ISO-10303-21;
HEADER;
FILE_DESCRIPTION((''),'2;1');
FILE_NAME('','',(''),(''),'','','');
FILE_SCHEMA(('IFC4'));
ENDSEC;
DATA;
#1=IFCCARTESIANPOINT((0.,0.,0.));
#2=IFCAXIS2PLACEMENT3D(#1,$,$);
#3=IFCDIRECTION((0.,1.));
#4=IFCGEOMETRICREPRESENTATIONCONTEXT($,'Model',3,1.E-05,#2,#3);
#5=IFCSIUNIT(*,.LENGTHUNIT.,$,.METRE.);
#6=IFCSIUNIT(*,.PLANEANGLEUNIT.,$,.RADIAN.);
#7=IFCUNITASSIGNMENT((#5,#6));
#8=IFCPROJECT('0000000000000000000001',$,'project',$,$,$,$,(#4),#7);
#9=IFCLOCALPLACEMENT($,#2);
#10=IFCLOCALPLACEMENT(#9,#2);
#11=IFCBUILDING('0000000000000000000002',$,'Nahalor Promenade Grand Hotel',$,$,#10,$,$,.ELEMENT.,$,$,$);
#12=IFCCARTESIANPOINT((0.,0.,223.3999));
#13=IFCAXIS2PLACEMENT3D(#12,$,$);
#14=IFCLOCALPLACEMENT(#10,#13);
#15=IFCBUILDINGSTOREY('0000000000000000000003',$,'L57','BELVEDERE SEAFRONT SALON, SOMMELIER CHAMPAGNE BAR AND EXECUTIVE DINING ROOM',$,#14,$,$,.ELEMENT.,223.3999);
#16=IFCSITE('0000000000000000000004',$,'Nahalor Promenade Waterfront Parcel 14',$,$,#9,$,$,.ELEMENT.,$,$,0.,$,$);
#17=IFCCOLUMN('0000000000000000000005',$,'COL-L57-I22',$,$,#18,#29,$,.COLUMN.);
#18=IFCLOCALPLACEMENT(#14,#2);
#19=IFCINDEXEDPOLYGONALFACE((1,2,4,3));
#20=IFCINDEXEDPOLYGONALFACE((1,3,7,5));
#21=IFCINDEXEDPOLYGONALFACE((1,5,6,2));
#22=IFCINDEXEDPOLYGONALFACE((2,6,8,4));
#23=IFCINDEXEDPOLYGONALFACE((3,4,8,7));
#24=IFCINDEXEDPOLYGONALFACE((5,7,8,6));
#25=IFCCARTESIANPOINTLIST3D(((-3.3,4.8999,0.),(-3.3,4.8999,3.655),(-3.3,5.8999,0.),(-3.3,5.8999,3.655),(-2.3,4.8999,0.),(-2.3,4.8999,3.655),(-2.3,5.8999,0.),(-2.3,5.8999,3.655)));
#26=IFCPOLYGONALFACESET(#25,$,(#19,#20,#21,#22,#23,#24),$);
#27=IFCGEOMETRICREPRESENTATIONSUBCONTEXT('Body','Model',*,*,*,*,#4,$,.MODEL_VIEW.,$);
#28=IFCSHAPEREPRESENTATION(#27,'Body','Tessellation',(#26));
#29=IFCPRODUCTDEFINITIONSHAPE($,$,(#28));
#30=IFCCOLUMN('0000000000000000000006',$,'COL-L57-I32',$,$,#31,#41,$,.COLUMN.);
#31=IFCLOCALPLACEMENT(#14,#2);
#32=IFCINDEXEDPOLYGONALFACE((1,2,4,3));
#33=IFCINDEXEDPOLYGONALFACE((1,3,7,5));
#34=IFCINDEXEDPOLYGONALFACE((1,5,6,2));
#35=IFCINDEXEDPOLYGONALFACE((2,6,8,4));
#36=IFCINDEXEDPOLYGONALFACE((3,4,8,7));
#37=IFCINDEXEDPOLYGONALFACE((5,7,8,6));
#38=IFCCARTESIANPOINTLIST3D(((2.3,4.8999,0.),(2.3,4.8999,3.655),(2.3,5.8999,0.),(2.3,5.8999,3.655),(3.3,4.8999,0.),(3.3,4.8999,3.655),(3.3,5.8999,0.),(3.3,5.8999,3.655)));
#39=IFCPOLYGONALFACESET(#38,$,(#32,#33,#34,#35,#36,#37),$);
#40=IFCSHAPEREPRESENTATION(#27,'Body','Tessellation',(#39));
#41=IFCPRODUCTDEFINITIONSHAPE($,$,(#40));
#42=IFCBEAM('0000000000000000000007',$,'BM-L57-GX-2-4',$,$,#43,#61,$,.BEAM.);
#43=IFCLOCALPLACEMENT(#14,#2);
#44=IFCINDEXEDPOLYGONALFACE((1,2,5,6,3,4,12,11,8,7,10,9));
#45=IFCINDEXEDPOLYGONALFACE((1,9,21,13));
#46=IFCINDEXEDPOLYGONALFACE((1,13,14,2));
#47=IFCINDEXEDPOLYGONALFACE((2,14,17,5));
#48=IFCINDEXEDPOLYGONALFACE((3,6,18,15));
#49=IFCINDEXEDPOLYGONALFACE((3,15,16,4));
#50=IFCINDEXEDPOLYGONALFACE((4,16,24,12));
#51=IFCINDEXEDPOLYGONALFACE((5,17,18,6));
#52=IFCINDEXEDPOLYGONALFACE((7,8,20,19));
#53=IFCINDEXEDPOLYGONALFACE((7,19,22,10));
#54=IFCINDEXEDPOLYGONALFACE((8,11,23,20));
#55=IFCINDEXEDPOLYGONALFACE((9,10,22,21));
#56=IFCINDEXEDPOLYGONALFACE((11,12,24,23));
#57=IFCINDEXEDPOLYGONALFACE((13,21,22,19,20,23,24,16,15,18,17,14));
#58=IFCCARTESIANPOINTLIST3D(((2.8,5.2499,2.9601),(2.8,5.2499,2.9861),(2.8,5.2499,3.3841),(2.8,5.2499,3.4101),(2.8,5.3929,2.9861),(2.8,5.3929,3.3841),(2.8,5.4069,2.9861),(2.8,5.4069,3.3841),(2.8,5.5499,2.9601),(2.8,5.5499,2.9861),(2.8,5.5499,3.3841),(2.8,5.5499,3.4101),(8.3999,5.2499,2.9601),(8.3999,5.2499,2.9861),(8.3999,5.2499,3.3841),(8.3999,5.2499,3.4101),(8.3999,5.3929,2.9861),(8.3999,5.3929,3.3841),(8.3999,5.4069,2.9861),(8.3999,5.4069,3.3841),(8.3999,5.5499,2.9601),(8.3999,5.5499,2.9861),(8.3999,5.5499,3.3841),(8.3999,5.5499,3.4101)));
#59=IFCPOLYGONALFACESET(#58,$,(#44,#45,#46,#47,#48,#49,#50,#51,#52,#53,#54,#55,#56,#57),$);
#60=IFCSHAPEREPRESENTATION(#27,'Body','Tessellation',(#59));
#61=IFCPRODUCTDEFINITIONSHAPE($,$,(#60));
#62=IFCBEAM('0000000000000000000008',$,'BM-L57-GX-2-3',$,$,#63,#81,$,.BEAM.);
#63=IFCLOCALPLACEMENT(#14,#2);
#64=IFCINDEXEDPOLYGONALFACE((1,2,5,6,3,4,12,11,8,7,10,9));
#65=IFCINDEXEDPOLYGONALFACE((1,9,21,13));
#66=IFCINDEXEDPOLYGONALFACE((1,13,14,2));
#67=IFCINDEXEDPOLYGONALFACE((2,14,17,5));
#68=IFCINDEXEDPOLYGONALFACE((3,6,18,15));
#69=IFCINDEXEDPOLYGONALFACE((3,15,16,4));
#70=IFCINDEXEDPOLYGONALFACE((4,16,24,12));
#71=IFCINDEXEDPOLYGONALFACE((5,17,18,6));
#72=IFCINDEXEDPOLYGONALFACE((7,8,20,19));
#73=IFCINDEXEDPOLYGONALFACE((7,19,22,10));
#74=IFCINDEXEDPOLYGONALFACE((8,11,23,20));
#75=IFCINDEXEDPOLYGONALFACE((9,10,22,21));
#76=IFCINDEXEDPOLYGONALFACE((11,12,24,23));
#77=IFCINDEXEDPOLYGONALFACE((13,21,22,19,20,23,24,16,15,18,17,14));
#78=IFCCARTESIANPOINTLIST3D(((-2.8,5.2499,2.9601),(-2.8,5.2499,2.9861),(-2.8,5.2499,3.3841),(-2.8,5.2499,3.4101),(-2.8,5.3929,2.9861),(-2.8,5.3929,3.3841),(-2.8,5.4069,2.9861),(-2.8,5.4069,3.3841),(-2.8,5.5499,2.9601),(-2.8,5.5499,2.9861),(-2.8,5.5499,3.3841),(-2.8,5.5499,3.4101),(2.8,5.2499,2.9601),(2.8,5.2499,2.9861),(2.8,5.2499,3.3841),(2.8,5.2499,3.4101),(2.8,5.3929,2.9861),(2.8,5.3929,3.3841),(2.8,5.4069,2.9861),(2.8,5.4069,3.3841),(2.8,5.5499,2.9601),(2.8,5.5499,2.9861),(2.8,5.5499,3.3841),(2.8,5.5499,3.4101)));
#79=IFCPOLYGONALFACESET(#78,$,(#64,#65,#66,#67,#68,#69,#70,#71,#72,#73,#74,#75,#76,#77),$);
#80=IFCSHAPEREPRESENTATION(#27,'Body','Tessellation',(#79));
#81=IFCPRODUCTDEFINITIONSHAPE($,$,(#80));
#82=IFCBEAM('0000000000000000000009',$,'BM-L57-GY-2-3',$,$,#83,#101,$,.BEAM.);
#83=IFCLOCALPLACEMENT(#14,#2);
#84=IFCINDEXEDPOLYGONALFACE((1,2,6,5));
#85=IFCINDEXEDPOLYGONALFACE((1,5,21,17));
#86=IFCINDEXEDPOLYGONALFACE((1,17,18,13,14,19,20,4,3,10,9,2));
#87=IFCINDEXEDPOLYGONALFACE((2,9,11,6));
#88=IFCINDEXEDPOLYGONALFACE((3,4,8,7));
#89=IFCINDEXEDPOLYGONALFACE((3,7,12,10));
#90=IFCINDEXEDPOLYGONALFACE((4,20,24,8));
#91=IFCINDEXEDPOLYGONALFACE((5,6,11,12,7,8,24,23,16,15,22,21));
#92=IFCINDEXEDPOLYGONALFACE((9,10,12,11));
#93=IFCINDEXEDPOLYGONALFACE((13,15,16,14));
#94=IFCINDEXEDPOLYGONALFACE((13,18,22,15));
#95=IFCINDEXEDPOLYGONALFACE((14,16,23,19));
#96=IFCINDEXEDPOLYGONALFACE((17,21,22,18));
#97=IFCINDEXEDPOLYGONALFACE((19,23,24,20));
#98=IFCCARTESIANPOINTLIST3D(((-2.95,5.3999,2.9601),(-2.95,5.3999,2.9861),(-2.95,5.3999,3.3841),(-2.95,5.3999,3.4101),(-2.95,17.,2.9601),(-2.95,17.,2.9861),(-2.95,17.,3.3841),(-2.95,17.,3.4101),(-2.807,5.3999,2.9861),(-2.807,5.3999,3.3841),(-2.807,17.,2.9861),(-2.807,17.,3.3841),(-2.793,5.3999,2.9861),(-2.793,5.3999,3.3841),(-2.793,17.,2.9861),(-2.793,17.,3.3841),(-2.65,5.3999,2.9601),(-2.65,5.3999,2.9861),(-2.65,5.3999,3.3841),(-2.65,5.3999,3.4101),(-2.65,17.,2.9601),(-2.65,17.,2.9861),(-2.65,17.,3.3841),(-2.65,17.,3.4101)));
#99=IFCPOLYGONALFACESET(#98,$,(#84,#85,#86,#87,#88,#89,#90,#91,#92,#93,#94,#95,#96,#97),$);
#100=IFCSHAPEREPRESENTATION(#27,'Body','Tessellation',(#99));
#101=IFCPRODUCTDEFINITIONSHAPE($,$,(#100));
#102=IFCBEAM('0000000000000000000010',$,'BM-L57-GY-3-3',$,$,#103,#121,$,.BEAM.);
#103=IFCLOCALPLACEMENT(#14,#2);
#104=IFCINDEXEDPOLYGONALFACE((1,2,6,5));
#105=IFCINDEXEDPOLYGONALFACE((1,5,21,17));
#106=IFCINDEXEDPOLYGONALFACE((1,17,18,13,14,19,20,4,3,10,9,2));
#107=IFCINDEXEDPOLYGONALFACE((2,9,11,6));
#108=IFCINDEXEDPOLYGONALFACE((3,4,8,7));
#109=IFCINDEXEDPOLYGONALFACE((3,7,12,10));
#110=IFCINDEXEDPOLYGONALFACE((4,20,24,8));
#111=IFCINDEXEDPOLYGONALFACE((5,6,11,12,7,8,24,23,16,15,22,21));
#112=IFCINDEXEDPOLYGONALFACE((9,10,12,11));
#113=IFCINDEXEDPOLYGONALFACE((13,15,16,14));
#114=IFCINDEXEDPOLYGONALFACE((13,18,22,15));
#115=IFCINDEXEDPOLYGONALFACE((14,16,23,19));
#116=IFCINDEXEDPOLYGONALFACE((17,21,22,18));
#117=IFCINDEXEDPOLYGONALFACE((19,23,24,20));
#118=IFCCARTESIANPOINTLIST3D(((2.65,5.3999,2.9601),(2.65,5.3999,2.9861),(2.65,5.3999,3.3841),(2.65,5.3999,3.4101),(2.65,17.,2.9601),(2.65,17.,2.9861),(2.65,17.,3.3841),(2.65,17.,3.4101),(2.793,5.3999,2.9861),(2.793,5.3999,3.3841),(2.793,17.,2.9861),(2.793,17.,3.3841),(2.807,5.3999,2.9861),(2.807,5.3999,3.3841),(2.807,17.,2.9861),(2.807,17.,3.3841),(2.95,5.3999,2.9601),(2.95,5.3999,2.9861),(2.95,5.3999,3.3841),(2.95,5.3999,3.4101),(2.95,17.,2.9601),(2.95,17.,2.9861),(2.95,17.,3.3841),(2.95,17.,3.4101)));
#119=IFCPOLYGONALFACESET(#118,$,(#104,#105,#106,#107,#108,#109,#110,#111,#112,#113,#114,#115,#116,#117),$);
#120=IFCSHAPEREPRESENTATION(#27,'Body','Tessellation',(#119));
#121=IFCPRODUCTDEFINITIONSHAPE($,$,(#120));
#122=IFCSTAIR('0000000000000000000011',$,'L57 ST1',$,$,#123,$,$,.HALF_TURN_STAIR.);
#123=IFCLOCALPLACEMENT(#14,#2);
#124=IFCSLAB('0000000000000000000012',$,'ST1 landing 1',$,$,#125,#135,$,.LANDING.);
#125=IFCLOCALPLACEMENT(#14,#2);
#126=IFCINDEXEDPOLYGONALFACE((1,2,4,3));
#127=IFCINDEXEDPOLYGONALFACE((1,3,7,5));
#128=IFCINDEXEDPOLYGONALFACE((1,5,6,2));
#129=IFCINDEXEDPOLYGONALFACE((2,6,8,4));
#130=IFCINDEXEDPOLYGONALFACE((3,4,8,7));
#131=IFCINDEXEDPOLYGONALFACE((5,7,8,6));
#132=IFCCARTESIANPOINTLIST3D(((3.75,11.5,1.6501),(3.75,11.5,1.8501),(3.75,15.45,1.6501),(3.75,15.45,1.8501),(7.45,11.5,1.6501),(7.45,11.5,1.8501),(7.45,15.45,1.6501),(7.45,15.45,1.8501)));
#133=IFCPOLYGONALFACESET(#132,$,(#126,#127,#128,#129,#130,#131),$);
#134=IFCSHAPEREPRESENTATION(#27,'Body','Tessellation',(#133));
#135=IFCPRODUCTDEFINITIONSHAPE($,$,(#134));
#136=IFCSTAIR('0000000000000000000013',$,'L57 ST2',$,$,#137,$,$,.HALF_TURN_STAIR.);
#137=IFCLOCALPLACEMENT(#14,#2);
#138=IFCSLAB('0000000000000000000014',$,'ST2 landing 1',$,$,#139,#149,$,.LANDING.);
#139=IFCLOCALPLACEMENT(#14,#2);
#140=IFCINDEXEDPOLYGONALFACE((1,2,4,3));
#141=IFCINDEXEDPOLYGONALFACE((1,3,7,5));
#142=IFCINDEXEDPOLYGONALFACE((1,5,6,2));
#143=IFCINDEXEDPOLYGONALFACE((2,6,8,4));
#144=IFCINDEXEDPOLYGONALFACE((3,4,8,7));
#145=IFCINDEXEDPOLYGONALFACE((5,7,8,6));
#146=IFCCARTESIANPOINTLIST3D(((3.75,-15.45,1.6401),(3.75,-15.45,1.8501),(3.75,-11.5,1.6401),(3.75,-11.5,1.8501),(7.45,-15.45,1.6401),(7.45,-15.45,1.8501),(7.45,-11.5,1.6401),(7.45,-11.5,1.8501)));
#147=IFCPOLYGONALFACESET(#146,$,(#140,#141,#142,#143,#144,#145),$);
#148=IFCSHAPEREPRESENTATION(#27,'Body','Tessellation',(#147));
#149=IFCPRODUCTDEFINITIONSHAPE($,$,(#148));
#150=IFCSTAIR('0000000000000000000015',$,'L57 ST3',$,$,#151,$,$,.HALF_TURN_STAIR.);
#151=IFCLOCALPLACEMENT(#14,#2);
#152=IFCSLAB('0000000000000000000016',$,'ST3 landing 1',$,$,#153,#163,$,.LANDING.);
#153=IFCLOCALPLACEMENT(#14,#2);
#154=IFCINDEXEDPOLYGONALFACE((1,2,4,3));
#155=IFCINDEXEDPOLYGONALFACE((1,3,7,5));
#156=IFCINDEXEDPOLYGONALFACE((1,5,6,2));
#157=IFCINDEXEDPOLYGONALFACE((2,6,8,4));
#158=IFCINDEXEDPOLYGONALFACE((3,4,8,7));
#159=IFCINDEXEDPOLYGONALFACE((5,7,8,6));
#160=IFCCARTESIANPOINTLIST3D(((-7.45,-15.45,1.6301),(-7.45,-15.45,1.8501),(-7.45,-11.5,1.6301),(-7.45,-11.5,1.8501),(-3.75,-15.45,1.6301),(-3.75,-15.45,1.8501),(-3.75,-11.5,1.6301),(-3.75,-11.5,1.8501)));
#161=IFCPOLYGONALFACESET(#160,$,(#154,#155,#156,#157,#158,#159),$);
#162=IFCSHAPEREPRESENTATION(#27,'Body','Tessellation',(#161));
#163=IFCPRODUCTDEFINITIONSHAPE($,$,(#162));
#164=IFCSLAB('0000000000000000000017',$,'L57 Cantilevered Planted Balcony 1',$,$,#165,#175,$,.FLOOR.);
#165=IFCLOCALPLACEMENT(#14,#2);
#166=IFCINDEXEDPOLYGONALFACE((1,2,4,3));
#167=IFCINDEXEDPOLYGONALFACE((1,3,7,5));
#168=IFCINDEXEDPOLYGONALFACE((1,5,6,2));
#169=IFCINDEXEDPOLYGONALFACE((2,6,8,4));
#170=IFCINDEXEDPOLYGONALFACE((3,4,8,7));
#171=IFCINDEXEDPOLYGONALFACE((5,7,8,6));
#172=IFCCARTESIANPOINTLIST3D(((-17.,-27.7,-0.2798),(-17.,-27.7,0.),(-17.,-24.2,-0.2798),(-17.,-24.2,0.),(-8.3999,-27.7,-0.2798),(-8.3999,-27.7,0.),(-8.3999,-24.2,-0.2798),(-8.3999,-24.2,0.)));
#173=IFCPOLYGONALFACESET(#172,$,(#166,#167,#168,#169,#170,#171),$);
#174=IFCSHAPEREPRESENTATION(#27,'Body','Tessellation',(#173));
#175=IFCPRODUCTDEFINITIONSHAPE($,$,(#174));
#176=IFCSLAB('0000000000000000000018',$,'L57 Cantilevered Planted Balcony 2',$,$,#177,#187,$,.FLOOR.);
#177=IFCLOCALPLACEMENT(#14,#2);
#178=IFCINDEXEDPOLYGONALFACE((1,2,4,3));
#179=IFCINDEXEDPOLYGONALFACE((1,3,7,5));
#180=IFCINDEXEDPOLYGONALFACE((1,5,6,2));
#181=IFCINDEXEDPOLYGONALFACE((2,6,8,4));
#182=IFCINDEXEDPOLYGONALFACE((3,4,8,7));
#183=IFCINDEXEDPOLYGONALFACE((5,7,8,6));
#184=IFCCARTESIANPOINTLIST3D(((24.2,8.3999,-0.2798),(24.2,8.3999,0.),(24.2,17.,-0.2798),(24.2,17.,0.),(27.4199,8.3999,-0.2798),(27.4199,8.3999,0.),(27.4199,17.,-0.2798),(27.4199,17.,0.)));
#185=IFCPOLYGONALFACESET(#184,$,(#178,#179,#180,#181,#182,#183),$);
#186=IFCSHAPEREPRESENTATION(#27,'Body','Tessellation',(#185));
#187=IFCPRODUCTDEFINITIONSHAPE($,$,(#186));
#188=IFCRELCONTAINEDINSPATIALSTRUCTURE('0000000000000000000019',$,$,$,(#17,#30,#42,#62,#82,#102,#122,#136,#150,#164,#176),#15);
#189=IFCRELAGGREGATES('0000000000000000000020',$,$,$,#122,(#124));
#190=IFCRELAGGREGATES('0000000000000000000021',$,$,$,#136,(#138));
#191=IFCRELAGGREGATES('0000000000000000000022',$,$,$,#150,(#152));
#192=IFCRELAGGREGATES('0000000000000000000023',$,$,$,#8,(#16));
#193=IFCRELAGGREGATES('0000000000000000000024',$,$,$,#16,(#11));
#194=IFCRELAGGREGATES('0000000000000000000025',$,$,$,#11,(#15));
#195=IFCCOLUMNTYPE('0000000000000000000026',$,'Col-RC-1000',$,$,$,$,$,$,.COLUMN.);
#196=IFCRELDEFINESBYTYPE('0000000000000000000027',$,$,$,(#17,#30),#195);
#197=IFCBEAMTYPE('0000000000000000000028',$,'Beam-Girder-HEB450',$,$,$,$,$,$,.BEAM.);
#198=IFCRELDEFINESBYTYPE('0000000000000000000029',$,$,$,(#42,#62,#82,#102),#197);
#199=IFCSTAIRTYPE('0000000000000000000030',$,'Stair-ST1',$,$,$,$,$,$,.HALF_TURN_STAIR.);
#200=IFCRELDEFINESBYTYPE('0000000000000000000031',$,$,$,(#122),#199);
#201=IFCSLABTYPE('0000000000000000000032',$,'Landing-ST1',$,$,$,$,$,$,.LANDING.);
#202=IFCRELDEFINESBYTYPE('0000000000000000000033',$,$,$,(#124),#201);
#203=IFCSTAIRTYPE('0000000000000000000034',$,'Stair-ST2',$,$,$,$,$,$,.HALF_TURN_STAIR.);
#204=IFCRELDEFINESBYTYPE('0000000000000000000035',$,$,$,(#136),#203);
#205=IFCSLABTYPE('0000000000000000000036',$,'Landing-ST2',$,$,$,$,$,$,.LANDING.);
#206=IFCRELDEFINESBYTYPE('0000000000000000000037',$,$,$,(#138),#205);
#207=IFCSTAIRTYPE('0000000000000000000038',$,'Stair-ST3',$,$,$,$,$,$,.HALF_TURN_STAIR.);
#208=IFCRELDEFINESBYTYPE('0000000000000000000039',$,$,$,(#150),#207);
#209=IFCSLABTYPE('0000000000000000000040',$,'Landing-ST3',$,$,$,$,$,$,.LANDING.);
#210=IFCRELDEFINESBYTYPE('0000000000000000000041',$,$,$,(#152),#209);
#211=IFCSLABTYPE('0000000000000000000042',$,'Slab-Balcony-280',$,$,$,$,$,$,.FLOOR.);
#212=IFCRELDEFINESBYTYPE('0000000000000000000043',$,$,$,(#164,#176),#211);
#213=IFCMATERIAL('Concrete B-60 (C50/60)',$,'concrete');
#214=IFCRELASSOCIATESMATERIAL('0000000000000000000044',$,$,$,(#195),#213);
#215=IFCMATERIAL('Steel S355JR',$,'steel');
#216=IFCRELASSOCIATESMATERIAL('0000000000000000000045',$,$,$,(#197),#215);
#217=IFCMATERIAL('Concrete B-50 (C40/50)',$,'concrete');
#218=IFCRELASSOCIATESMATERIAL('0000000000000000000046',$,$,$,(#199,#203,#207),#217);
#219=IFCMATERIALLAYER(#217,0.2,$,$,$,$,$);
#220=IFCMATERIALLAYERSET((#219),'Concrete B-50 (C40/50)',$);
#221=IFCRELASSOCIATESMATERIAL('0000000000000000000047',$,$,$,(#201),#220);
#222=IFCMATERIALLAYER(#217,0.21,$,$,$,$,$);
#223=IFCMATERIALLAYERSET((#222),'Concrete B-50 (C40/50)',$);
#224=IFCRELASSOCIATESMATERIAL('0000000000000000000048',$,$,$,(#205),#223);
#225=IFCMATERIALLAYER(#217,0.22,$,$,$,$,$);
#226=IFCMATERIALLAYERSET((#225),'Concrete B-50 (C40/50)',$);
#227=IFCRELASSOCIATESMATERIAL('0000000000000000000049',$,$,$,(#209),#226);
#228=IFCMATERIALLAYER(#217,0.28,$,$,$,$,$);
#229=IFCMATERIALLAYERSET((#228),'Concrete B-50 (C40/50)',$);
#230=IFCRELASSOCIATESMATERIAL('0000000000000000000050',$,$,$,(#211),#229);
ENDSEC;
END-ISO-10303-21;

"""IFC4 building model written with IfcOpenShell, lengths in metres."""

from ifc_helpers import new_model, si_unit, direction, frame, origin, origin_2d, place, context, subcontext, project, spatial, polyline, rectangle, i_section, outline, extrude, source, transform, mapped, material, layer, layer_set, material_profile, profile_set, type_object, element, aggregate, save


model = new_model("IFC4")

# Units and contexts
model_context = context("Model", 3, precision=1e-05, world=origin(), true_north=direction((0.0, 1.0)))
body_context = subcontext(model_context, "Body", "Model", "MODEL_VIEW")
ifc_project = project(units=[si_unit("LENGTHUNIT", "METRE"), si_unit("PLANEANGLEUNIT", "RADIAN")], contexts=[model_context])

# Site, building, storey
site_placement = place(None, origin())
site = spatial("IfcSite", under=ifc_project, at=site_placement, Name="Nahalor Promenade Waterfront Parcel 14", CompositionType="ELEMENT", RefElevation=0.0)
building_placement = place(site_placement, origin())
building = spatial("IfcBuilding", under=site, at=building_placement, Name="Nahalor Promenade Grand Hotel", CompositionType="ELEMENT")
storey_placement = place(building_placement, frame((0.0, 0.0, 223.3999)))
storey = spatial("IfcBuildingStorey", under=building, at=storey_placement, Name="L57", Description="BELVEDERE SEAFRONT SALON, SOMMELIER CHAMPAGNE BAR AND EXECUTIVE DINING ROOM", CompositionType="ELEMENT", Elevation=223.3999)

# Columns
ifc_material_1 = material(Name="Concrete B-60 (C50/60)", Category="concrete")
ifc_material_profile_1 = material_profile(ifc_material_1, rectangle(XDim=1.0, YDim=1.0, at=origin_2d()), Name="RC 1000x1000")
ifc_profile_set_1 = profile_set([ifc_material_profile_1], Name="Concrete B-60 (C50/60)")
column_type = type_object("IfcColumnType", Name="Col-RC-1000", PredefinedType="COLUMN", material=ifc_profile_set_1)
shared_shape_1 = source(origin(), body_context, "Body", "SweptSolid", [
    extrude(rectangle(XDim=1.0, YDim=1.0, at=origin_2d()), origin(), (0.0, 0.0, 1.0), 3.655),
])
for number, where, z_axis, x_axis, name in (
    (1, (-2.8, 5.3999, 0.0), (0.0, 0.0, 1.0), (1.0, 0.0, 0.0), "COL-L57-I22"),
    (2, (2.8, 5.3999, 0.0), (0.0, 0.0, 1.0), (1.0, 0.0, 0.0), "COL-L57-I32"),
):
    element("IfcColumn", number, at=place(storey_placement, frame(where, z_axis=z_axis, x_axis=x_axis)), inside=storey, type_object=column_type, Name=name, PredefinedType="COLUMN", context=body_context, shape_type="MappedRepresentation", body=[
        mapped(shared_shape_1, transform((0.0, 0.0, 0.0), scale=1.0)),
    ])

# Beams
ifc_material_2 = material(Name="Steel S355JR", Category="steel")
ifc_material_profile_2 = material_profile(ifc_material_2, i_section(OverallWidth=0.3, OverallDepth=0.45, WebThickness=0.014, FlangeThickness=0.026, at=origin_2d()), Name="HEB 450")
ifc_profile_set_2 = profile_set([ifc_material_profile_2], Name="Steel S355JR")
beam_type = type_object("IfcBeamType", Name="Beam-Girder-HEB450", PredefinedType="BEAM", material=ifc_profile_set_2)
shared_shape_2 = source(origin(), body_context, "Body", "SweptSolid", [
    extrude(i_section(OverallWidth=0.3, OverallDepth=0.45, WebThickness=0.014, FlangeThickness=0.026, at=origin_2d()), origin(), (0.0, 0.0, 1.0), 5.5999),
])
beam_1_placement = place(storey_placement, frame((2.8, 5.3999, 3.1851), z_axis=(1.0, 0.0, 0.0), x_axis=(0.0, 1.0, 0.0)))
element("IfcBeam", 3, at=beam_1_placement, inside=storey, type_object=beam_type, Name="BM-L57-GX-2-4", PredefinedType="BEAM", context=body_context, shape_type="MappedRepresentation", body=[
    mapped(shared_shape_2, transform((0.0, 0.0, 0.0), scale=1.0)),
])
shared_shape_3 = source(origin(), body_context, "Body", "SweptSolid", [
    extrude(i_section(OverallWidth=0.3, OverallDepth=0.45, WebThickness=0.014, FlangeThickness=0.026, at=origin_2d()), origin(), (0.0, 0.0, 1.0), 5.6001),
])
beam_2_placement = place(storey_placement, frame((-2.8, 5.3999, 3.1851), z_axis=(1.0, 0.0, 0.0), x_axis=(0.0, 1.0, 0.0)))
element("IfcBeam", 4, at=beam_2_placement, inside=storey, type_object=beam_type, Name="BM-L57-GX-2-3", PredefinedType="BEAM", context=body_context, shape_type="MappedRepresentation", body=[
    mapped(shared_shape_3, transform((0.0, 0.0, 0.0), scale=1.0)),
])
shared_shape_4 = source(origin(), body_context, "Body", "SweptSolid", [
    extrude(i_section(OverallWidth=0.3, OverallDepth=0.45, WebThickness=0.014, FlangeThickness=0.026, at=origin_2d()), origin(), (0.0, 0.0, 1.0), 11.6001),
])
for number, where, z_axis, x_axis, name in (
    (5, (-2.8, 5.3999, 3.1851), (0.0, 1.0, 0.0), (-1.0, 0.0, 0.0), "BM-L57-GY-2-3"),
    (6, (2.8, 5.3999, 3.1851), (0.0, 1.0, 0.0), (-1.0, 0.0, 0.0), "BM-L57-GY-3-3"),
):
    element("IfcBeam", number, at=place(storey_placement, frame(where, z_axis=z_axis, x_axis=x_axis)), inside=storey, type_object=beam_type, Name=name, PredefinedType="BEAM", context=body_context, shape_type="MappedRepresentation", body=[
        mapped(shared_shape_4, transform((0.0, 0.0, 0.0), scale=1.0)),
    ])

# Stairs, slabs
ifc_material_3 = material(Name="Concrete B-50 (C40/50)", Category="concrete")
stair_type_1 = type_object("IfcStairType", Name="Stair-ST1", PredefinedType="HALF_TURN_STAIR", material=ifc_material_3)
stair_1_placement = place(storey_placement, origin())
stair_1 = element("IfcStair", 7, at=stair_1_placement, inside=storey, type_object=stair_type_1, Name="L57 ST1", PredefinedType="HALF_TURN_STAIR")
ifc_layer_1 = layer(ifc_material_3, 0.2)
ifc_layer_set_1 = layer_set([ifc_layer_1], Name="Concrete B-50 (C40/50)")
slab_type_1 = type_object("IfcSlabType", Name="Landing-ST1", PredefinedType="LANDING", material=ifc_layer_set_1)
slab_1_placement = place(storey_placement, frame((0.0, 0.0, 1.6501)))
slab_1 = element("IfcSlab", 8, at=slab_1_placement, type_object=slab_type_1, Name="ST1 landing 1", PredefinedType="LANDING", context=body_context, shape_type="SweptSolid", body=[
    extrude(outline(polyline([(7.45, 11.5), (7.45, 15.45), (3.75, 15.45), (3.75, 11.5), (7.45, 11.5)])), origin(), (0.0, 0.0, 1.0), 0.2),
])
aggregate(stair_1, [slab_1])
stair_type_2 = type_object("IfcStairType", Name="Stair-ST2", PredefinedType="HALF_TURN_STAIR", material=ifc_material_3)
stair_2_placement = place(storey_placement, origin())
stair_2 = element("IfcStair", 9, at=stair_2_placement, inside=storey, type_object=stair_type_2, Name="L57 ST2", PredefinedType="HALF_TURN_STAIR")
ifc_layer_2 = layer(ifc_material_3, 0.21)
ifc_layer_set_2 = layer_set([ifc_layer_2], Name="Concrete B-50 (C40/50)")
slab_type_2 = type_object("IfcSlabType", Name="Landing-ST2", PredefinedType="LANDING", material=ifc_layer_set_2)
slab_2_placement = place(storey_placement, frame((0.0, 0.0, 1.6401)))
slab_2 = element("IfcSlab", 10, at=slab_2_placement, type_object=slab_type_2, Name="ST2 landing 1", PredefinedType="LANDING", context=body_context, shape_type="SweptSolid", body=[
    extrude(outline(polyline([(3.75, -11.5), (3.75, -15.45), (7.45, -15.45), (7.45, -11.5), (3.75, -11.5)])), origin(), (0.0, 0.0, 1.0), 0.21),
])
aggregate(stair_2, [slab_2])
stair_type_3 = type_object("IfcStairType", Name="Stair-ST3", PredefinedType="HALF_TURN_STAIR", material=ifc_material_3)
stair_3_placement = place(storey_placement, origin())
stair_3 = element("IfcStair", 11, at=stair_3_placement, inside=storey, type_object=stair_type_3, Name="L57 ST3", PredefinedType="HALF_TURN_STAIR")
ifc_layer_3 = layer(ifc_material_3, 0.22)
ifc_layer_set_3 = layer_set([ifc_layer_3], Name="Concrete B-50 (C40/50)")
slab_type_3 = type_object("IfcSlabType", Name="Landing-ST3", PredefinedType="LANDING", material=ifc_layer_set_3)
slab_3_placement = place(storey_placement, frame((0.0, 0.0, 1.6301)))
slab_3 = element("IfcSlab", 12, at=slab_3_placement, type_object=slab_type_3, Name="ST3 landing 1", PredefinedType="LANDING", context=body_context, shape_type="SweptSolid", body=[
    extrude(outline(polyline([(-7.45, -11.5), (-7.45, -15.45), (-3.75, -15.45), (-3.75, -11.5), (-7.45, -11.5)])), origin(), (0.0, 0.0, 1.0), 0.22),
])
aggregate(stair_3, [slab_3])

# Slabs
ifc_layer_4 = layer(ifc_material_3, 0.28)
ifc_layer_set_4 = layer_set([ifc_layer_4], Name="Concrete B-50 (C40/50)")
slab_type_4 = type_object("IfcSlabType", Name="Slab-Balcony-280", PredefinedType="FLOOR", material=ifc_layer_set_4)
slab_4_placement = place(storey_placement, frame((0.0, 0.0, -0.2798)))
element("IfcSlab", 13, at=slab_4_placement, inside=storey, type_object=slab_type_4, Name="L57 Cantilevered Planted Balcony 1", PredefinedType="FLOOR", context=body_context, shape_type="SweptSolid", body=[
    extrude(outline(polyline([(-17.0, -27.7), (-8.3999, -27.7), (-8.3999, -24.2), (-17.0, -24.2), (-17.0, -27.7)])), origin(), (0.0, 0.0, 1.0), 0.2798),
])
slab_5_placement = place(storey_placement, frame((0.0, 0.0, -0.2798)))
element("IfcSlab", 14, at=slab_5_placement, inside=storey, type_object=slab_type_4, Name="L57 Cantilevered Planted Balcony 2", PredefinedType="FLOOR", context=body_context, shape_type="SweptSolid", body=[
    extrude(outline(polyline([(24.2, 8.3999), (27.4199, 8.3999), (27.4199, 17.0), (24.2, 17.0), (24.2, 8.3999)])), origin(), (0.0, 0.0, 1.0), 0.2798),
])

save(model, "model.ifc")
